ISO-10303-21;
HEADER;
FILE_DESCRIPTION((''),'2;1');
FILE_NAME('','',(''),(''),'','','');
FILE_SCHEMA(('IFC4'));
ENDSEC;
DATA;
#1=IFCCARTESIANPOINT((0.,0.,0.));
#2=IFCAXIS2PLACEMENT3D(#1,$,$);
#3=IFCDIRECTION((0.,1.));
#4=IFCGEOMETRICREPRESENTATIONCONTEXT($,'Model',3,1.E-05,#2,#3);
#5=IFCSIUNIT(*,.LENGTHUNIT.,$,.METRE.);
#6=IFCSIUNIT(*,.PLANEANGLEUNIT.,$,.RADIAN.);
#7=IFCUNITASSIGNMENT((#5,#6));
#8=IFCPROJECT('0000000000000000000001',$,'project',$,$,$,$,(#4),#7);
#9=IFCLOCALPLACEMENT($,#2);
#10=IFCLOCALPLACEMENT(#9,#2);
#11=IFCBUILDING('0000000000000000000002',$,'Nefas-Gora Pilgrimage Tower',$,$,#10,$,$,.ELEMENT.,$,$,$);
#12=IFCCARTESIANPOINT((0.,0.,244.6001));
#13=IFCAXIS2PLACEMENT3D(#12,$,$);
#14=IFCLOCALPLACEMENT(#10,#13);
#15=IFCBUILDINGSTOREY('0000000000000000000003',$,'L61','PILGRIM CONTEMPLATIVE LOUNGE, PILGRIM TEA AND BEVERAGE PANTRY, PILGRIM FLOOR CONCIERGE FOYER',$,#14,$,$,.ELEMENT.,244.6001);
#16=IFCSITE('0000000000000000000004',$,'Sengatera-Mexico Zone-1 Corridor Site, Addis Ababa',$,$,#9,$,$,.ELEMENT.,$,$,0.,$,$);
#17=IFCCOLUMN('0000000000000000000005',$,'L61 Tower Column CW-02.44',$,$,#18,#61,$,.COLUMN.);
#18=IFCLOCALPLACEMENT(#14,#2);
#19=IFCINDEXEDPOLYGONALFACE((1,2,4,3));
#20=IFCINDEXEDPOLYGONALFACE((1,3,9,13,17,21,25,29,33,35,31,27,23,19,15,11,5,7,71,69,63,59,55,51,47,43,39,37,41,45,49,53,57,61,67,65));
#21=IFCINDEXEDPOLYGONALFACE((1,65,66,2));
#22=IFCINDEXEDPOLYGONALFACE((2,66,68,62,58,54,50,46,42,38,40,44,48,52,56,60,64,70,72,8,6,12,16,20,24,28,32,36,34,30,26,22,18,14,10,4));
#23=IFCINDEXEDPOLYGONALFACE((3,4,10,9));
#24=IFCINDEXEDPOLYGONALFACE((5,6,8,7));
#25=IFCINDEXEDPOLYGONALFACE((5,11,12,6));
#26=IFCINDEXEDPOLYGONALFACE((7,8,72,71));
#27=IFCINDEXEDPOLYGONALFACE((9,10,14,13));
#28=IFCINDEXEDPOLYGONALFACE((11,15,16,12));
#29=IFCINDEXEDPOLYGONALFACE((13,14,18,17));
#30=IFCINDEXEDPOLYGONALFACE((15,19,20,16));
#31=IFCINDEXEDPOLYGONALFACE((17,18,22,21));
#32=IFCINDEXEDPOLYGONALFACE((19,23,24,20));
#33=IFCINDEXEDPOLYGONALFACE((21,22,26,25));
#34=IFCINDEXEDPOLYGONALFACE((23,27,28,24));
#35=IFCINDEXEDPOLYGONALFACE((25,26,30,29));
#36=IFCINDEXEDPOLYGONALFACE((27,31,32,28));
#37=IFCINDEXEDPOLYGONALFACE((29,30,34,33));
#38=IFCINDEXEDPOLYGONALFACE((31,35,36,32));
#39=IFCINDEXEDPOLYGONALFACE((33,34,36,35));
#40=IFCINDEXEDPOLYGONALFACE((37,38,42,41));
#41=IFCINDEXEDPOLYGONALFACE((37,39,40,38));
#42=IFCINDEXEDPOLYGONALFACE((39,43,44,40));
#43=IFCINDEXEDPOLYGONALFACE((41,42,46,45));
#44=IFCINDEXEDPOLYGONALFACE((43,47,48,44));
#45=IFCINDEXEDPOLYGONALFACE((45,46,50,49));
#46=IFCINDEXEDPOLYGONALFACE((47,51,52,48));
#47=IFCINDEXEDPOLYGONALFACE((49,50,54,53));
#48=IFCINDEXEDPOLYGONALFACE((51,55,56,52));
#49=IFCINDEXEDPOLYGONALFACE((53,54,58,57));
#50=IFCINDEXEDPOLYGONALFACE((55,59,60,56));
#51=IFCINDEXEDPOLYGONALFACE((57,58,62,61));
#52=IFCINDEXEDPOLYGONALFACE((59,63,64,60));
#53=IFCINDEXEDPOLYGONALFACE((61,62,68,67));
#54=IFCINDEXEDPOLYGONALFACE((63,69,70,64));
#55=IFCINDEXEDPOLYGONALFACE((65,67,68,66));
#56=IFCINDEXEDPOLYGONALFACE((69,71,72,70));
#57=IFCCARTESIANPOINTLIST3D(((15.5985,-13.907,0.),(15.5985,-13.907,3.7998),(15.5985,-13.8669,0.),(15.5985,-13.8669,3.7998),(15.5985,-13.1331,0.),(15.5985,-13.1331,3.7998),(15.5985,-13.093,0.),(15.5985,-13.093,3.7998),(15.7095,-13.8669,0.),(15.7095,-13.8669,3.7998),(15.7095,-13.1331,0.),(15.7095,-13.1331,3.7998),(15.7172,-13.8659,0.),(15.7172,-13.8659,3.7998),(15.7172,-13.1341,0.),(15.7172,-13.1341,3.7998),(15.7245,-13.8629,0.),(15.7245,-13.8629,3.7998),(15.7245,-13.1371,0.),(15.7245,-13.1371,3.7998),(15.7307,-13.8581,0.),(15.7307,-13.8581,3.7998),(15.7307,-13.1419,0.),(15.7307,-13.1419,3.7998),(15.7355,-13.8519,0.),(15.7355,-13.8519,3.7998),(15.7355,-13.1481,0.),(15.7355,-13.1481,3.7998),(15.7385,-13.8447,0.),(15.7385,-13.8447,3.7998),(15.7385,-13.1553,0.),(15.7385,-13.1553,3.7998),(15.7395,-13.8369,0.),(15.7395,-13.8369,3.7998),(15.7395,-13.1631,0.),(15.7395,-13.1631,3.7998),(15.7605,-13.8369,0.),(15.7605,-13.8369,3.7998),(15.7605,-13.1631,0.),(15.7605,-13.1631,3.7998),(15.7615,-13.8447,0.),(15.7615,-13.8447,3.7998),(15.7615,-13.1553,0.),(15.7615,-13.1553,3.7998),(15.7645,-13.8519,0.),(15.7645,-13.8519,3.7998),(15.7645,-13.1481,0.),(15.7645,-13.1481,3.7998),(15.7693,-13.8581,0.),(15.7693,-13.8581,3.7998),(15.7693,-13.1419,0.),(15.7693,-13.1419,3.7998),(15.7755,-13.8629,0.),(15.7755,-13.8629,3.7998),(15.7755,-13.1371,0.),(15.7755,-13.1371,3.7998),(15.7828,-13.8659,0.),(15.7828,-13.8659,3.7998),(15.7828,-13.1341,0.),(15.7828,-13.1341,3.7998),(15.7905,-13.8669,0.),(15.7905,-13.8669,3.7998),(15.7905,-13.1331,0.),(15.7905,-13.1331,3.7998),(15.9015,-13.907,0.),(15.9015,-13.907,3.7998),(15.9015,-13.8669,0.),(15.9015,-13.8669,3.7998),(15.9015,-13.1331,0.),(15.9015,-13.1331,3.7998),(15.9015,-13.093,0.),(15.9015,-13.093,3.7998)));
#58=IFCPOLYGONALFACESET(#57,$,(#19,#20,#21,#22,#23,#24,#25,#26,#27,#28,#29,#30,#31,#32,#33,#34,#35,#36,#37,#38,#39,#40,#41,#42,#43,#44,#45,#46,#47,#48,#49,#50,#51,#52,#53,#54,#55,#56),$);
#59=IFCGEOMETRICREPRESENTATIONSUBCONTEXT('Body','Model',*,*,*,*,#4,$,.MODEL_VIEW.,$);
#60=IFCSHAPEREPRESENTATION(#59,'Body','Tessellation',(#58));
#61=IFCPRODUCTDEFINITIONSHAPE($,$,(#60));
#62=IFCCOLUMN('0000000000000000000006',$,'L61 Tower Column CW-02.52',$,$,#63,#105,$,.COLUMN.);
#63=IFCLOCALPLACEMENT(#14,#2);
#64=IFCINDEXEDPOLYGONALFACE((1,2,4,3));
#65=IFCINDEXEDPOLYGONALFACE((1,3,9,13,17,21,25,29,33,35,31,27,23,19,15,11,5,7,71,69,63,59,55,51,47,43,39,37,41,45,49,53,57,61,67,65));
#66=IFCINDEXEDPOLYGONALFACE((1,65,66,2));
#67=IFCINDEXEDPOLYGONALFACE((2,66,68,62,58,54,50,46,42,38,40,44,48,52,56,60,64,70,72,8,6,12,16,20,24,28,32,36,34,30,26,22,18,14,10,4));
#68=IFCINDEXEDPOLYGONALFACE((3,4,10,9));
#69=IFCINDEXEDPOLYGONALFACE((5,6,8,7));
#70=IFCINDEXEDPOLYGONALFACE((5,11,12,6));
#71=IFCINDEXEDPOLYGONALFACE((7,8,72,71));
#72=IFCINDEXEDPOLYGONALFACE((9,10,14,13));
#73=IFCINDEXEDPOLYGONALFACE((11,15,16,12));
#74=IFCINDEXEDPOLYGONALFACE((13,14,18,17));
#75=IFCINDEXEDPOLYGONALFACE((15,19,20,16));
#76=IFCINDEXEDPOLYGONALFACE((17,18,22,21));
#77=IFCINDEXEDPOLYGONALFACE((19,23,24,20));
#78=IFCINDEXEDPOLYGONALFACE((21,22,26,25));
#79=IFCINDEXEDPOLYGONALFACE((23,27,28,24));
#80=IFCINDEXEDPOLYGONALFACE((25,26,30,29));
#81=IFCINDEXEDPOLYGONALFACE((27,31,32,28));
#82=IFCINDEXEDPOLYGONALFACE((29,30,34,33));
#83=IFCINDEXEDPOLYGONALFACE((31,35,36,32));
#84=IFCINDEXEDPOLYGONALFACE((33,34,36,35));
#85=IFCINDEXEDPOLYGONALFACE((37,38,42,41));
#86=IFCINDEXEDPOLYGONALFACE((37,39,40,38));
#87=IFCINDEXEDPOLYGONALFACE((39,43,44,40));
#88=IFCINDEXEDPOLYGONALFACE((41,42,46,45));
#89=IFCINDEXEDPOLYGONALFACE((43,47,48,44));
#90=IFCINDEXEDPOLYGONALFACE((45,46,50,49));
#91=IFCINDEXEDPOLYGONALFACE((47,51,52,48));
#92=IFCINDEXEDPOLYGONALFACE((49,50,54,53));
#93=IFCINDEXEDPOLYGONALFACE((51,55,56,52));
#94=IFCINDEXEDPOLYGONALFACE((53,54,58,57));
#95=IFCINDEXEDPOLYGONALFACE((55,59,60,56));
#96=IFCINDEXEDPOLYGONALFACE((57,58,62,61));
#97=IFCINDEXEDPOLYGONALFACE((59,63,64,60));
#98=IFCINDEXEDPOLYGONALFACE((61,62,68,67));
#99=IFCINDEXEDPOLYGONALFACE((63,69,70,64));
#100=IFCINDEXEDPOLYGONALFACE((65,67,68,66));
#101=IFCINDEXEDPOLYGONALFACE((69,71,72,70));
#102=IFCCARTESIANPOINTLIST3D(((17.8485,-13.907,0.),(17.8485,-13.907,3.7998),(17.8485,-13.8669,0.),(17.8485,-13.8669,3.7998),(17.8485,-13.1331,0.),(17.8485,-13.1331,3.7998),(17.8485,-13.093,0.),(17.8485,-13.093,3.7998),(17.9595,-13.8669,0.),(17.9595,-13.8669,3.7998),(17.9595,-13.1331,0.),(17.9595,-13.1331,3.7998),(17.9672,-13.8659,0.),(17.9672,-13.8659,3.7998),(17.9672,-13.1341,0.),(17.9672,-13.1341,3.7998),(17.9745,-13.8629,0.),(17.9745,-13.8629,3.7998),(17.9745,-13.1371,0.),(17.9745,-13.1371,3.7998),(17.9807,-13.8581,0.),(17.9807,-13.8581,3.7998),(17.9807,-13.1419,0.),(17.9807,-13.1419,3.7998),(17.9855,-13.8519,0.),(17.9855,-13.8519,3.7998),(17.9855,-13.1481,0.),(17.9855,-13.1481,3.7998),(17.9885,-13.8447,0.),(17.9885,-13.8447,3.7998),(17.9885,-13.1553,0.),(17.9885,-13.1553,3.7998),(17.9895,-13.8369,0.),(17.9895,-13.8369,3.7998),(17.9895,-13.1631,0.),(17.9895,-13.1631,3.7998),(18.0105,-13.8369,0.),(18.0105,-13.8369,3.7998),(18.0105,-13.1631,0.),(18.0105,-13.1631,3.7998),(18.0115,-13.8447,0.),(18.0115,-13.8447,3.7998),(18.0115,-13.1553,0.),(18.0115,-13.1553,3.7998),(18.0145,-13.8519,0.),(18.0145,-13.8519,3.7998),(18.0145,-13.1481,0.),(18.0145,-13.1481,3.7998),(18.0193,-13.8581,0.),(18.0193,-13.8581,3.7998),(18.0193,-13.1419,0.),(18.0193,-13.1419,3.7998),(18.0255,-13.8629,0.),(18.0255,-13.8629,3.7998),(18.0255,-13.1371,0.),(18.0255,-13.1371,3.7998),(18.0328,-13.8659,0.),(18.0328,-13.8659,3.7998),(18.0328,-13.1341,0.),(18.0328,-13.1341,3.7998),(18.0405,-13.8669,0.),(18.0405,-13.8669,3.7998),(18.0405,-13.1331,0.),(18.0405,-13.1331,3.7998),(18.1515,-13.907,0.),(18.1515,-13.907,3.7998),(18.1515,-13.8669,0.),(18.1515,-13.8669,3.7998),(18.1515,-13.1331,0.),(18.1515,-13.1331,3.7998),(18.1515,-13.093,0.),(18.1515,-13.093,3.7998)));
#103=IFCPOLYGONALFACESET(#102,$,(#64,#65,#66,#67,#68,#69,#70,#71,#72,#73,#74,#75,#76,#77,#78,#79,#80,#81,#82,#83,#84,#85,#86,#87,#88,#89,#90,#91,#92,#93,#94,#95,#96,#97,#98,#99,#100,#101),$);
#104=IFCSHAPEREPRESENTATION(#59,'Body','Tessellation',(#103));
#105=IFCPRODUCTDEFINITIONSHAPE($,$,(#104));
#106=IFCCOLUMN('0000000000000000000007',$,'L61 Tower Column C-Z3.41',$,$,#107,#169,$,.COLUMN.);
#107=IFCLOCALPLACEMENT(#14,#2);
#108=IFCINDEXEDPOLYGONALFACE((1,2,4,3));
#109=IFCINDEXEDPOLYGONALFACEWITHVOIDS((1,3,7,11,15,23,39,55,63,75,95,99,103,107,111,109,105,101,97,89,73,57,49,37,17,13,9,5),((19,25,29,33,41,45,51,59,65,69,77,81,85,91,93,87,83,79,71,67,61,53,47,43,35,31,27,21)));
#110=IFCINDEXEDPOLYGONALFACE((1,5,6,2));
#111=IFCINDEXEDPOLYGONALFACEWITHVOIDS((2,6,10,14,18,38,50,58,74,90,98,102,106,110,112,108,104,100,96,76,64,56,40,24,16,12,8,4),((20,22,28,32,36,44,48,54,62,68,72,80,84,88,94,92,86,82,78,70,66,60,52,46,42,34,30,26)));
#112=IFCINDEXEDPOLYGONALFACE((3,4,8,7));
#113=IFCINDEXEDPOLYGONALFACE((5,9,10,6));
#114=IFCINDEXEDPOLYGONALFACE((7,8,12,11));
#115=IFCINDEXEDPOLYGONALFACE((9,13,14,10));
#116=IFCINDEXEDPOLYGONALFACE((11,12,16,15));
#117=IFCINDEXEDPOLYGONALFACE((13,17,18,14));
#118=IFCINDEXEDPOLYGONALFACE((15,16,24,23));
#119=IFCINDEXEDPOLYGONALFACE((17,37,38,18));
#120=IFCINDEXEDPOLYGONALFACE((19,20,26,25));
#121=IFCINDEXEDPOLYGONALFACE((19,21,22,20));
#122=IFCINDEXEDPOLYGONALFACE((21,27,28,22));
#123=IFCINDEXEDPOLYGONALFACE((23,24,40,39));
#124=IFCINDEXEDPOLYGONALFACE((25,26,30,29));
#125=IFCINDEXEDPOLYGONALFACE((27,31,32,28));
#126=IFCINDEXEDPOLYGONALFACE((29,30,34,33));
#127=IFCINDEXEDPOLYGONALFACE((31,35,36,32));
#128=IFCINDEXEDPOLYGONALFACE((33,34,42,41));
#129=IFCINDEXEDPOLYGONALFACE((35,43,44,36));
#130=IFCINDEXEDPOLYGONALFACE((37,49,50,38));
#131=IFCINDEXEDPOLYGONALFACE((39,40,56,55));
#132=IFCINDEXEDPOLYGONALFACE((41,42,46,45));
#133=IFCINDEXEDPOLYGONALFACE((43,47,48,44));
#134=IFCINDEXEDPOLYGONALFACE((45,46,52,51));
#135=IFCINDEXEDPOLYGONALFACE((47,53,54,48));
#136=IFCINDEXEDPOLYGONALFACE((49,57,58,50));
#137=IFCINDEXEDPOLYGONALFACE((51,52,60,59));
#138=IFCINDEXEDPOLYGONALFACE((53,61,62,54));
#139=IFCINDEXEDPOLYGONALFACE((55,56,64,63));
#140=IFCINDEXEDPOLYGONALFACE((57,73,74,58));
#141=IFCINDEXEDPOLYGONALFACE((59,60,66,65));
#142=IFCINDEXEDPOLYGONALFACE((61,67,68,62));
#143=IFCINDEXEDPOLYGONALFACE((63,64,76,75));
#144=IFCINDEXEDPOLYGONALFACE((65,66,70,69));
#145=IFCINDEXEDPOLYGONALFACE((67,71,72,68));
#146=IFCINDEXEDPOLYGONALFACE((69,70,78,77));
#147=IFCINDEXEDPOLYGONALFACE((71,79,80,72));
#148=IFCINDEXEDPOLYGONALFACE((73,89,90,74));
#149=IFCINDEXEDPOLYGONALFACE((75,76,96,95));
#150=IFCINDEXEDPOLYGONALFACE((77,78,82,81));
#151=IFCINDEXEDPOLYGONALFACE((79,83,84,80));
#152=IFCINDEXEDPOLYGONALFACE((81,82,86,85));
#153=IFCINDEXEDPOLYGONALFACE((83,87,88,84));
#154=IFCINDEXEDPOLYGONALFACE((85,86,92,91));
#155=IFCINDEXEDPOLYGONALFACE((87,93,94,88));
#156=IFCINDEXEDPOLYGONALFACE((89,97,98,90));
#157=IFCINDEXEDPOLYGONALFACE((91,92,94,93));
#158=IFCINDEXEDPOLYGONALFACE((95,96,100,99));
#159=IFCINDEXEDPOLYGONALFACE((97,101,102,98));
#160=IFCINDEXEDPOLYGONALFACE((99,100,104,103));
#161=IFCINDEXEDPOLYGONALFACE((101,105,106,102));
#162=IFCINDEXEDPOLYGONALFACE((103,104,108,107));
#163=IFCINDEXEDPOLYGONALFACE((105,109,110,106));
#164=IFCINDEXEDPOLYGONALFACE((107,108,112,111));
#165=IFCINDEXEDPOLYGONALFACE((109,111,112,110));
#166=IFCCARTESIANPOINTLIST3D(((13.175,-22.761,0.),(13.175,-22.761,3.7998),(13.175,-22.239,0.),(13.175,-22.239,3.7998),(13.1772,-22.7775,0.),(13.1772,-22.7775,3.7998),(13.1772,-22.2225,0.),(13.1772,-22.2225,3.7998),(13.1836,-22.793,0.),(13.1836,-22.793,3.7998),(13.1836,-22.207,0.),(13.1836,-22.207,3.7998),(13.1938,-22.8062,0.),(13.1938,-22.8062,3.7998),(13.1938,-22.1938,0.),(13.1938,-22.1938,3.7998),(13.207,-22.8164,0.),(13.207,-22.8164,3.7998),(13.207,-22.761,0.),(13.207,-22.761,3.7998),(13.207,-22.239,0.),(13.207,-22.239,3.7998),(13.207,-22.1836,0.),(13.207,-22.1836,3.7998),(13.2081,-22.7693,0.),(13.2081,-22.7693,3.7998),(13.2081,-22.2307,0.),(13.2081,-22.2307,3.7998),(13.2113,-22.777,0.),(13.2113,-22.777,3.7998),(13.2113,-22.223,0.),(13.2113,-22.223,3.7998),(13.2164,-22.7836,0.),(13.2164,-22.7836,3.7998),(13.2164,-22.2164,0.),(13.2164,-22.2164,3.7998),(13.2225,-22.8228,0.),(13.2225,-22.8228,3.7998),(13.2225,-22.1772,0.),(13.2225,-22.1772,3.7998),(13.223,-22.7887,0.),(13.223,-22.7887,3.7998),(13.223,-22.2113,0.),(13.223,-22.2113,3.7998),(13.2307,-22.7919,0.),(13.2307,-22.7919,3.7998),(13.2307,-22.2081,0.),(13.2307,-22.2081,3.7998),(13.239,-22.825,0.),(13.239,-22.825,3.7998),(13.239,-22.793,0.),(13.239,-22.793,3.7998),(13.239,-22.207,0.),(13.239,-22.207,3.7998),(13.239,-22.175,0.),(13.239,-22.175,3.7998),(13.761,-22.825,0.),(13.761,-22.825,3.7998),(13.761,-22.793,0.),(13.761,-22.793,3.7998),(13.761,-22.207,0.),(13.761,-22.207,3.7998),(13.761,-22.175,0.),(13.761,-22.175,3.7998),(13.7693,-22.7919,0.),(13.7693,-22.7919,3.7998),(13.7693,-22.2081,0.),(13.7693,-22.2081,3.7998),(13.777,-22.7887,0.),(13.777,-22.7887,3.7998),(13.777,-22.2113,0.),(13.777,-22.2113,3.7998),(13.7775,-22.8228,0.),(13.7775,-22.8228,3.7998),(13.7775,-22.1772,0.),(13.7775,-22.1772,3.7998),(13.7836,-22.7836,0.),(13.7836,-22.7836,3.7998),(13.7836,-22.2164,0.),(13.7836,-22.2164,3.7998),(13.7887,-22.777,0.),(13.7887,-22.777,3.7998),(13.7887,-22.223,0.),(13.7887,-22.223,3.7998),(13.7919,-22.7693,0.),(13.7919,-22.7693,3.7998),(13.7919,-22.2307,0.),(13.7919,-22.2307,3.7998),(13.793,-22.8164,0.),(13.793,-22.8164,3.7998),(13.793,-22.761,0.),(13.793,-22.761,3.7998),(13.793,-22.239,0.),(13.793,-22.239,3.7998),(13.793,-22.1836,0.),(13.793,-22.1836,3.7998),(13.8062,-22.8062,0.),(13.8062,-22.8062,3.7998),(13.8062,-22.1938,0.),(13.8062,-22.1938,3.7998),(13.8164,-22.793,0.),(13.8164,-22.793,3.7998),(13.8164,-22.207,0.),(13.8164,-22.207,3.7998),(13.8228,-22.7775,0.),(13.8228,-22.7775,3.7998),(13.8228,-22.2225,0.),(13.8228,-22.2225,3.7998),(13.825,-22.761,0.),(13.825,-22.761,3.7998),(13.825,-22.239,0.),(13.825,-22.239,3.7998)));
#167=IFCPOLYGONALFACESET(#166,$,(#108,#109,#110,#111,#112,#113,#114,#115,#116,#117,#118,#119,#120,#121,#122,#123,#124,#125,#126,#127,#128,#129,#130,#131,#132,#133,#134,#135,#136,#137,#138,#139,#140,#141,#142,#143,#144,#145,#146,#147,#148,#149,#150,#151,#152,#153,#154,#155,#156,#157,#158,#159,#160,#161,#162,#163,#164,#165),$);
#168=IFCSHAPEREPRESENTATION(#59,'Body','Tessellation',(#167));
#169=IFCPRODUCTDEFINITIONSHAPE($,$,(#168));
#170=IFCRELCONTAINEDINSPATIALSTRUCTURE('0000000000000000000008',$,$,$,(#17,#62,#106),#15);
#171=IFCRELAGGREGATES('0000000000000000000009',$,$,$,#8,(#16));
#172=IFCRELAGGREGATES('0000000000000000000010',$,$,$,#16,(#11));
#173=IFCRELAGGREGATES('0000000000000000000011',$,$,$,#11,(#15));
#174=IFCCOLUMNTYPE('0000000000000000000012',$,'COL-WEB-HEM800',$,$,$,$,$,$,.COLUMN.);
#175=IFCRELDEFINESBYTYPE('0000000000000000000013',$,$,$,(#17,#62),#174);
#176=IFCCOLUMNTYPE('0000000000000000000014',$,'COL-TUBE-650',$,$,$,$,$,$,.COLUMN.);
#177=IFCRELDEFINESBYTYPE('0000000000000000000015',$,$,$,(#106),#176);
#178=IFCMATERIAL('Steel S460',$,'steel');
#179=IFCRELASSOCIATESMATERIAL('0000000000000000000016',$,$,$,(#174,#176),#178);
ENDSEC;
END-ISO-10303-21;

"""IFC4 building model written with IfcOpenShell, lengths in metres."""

from ifc_helpers import new_model, si_unit, direction, frame, origin, origin_2d, place, context, subcontext, project, spatial, hollow_rectangle, i_section, extrude, source, transform, mapped, material, material_profile, profile_set, type_object, element, save


model = new_model("IFC4")

# Units and contexts
model_context = context("Model", 3, precision=1e-05, world=origin(), true_north=direction((0.0, 1.0)))
body_context = subcontext(model_context, "Body", "Model", "MODEL_VIEW")
ifc_project = project(units=[si_unit("LENGTHUNIT", "METRE"), si_unit("PLANEANGLEUNIT", "RADIAN")], contexts=[model_context])

# Site, building, storey
site_placement = place(None, origin())
site = spatial("IfcSite", under=ifc_project, at=site_placement, Name="Sengatera-Mexico Zone-1 Corridor Site, Addis Ababa", CompositionType="ELEMENT", RefElevation=0.0)
building_placement = place(site_placement, origin())
building = spatial("IfcBuilding", under=site, at=building_placement, Name="Nefas-Gora Pilgrimage Tower", CompositionType="ELEMENT")
storey_placement = place(building_placement, frame((0.0, 0.0, 244.6001)))
storey = spatial("IfcBuildingStorey", under=building, at=storey_placement, Name="L61", Description="PILGRIM CONTEMPLATIVE LOUNGE, PILGRIM TEA AND BEVERAGE PANTRY, PILGRIM FLOOR CONCIERGE FOYER", CompositionType="ELEMENT", Elevation=244.6001)

# Columns
ifc_material_1 = material(Name="Steel S460", Category="steel")
ifc_material_profile_1 = material_profile(ifc_material_1, i_section(OverallWidth=0.303, OverallDepth=0.814, WebThickness=0.021, FlangeThickness=0.04, FilletRadius=0.03, at=origin_2d()), Name="HEM 800")
ifc_profile_set_1 = profile_set([ifc_material_profile_1], Name="Steel S460")
column_type_1 = type_object("IfcColumnType", Name="COL-WEB-HEM800", PredefinedType="COLUMN", material=ifc_profile_set_1)
shared_shape_1 = source(origin(), body_context, "Body", "SweptSolid", [
    extrude(i_section(OverallWidth=0.303, OverallDepth=0.814, WebThickness=0.021, FlangeThickness=0.04, FilletRadius=0.03, at=origin_2d()), origin(), (0.0, 0.0, 1.0), 3.7998),
])
for number, where, z_axis, x_axis, name in (
    (1, (15.75, -13.5, 0.0), (0.0, 0.0, 1.0), (1.0, 0.0, 0.0), "L61 Tower Column CW-02.44"),
    (2, (18.0, -13.5, 0.0), (0.0, 0.0, 1.0), (1.0, 0.0, 0.0), "L61 Tower Column CW-02.52"),
):
    element("IfcColumn", number, at=place(storey_placement, frame(where, z_axis=z_axis, x_axis=x_axis)), inside=storey, type_object=column_type_1, Name=name, PredefinedType="COLUMN", context=body_context, shape_type="MappedRepresentation", body=[
        mapped(shared_shape_1, transform((0.0, 0.0, 0.0), x_axis=(1.0, 0.0, 0.0), y_axis=(0.0, 1.0, 0.0), z_axis=(0.0, 0.0, 1.0), scale=1.0)),
    ])
ifc_material_profile_2 = material_profile(ifc_material_1, hollow_rectangle(XDim=0.6499, YDim=0.6499, WallThickness=0.032, InnerFilletRadius=0.032, OuterFilletRadius=0.064, at=origin_2d()), Name="BOX 650x650x32")
ifc_profile_set_2 = profile_set([ifc_material_profile_2], Name="Steel S460")
column_type_2 = type_object("IfcColumnType", Name="COL-TUBE-650", PredefinedType="COLUMN", material=ifc_profile_set_2)
shared_shape_2 = source(origin(), body_context, "Body", "SweptSolid", [
    extrude(hollow_rectangle(XDim=0.6499, YDim=0.6499, WallThickness=0.032, InnerFilletRadius=0.032, OuterFilletRadius=0.064, at=origin_2d()), origin(), (0.0, 0.0, 1.0), 3.7998),
])
for number, where, z_axis, x_axis, name in (
    (3, (13.5, -22.5, 0.0), (0.0, 0.0, 1.0), (1.0, 0.0, 0.0), "L61 Tower Column C-Z3.41"),
):
    element("IfcColumn", number, at=place(storey_placement, frame(where, z_axis=z_axis, x_axis=x_axis)), inside=storey, type_object=column_type_2, Name=name, PredefinedType="COLUMN", context=body_context, shape_type="MappedRepresentation", body=[
        mapped(shared_shape_2, transform((0.0, 0.0, 0.0), x_axis=(1.0, 0.0, 0.0), y_axis=(0.0, 1.0, 0.0), z_axis=(0.0, 0.0, 1.0), scale=1.0)),
    ])

save(model, "model.ifc")
